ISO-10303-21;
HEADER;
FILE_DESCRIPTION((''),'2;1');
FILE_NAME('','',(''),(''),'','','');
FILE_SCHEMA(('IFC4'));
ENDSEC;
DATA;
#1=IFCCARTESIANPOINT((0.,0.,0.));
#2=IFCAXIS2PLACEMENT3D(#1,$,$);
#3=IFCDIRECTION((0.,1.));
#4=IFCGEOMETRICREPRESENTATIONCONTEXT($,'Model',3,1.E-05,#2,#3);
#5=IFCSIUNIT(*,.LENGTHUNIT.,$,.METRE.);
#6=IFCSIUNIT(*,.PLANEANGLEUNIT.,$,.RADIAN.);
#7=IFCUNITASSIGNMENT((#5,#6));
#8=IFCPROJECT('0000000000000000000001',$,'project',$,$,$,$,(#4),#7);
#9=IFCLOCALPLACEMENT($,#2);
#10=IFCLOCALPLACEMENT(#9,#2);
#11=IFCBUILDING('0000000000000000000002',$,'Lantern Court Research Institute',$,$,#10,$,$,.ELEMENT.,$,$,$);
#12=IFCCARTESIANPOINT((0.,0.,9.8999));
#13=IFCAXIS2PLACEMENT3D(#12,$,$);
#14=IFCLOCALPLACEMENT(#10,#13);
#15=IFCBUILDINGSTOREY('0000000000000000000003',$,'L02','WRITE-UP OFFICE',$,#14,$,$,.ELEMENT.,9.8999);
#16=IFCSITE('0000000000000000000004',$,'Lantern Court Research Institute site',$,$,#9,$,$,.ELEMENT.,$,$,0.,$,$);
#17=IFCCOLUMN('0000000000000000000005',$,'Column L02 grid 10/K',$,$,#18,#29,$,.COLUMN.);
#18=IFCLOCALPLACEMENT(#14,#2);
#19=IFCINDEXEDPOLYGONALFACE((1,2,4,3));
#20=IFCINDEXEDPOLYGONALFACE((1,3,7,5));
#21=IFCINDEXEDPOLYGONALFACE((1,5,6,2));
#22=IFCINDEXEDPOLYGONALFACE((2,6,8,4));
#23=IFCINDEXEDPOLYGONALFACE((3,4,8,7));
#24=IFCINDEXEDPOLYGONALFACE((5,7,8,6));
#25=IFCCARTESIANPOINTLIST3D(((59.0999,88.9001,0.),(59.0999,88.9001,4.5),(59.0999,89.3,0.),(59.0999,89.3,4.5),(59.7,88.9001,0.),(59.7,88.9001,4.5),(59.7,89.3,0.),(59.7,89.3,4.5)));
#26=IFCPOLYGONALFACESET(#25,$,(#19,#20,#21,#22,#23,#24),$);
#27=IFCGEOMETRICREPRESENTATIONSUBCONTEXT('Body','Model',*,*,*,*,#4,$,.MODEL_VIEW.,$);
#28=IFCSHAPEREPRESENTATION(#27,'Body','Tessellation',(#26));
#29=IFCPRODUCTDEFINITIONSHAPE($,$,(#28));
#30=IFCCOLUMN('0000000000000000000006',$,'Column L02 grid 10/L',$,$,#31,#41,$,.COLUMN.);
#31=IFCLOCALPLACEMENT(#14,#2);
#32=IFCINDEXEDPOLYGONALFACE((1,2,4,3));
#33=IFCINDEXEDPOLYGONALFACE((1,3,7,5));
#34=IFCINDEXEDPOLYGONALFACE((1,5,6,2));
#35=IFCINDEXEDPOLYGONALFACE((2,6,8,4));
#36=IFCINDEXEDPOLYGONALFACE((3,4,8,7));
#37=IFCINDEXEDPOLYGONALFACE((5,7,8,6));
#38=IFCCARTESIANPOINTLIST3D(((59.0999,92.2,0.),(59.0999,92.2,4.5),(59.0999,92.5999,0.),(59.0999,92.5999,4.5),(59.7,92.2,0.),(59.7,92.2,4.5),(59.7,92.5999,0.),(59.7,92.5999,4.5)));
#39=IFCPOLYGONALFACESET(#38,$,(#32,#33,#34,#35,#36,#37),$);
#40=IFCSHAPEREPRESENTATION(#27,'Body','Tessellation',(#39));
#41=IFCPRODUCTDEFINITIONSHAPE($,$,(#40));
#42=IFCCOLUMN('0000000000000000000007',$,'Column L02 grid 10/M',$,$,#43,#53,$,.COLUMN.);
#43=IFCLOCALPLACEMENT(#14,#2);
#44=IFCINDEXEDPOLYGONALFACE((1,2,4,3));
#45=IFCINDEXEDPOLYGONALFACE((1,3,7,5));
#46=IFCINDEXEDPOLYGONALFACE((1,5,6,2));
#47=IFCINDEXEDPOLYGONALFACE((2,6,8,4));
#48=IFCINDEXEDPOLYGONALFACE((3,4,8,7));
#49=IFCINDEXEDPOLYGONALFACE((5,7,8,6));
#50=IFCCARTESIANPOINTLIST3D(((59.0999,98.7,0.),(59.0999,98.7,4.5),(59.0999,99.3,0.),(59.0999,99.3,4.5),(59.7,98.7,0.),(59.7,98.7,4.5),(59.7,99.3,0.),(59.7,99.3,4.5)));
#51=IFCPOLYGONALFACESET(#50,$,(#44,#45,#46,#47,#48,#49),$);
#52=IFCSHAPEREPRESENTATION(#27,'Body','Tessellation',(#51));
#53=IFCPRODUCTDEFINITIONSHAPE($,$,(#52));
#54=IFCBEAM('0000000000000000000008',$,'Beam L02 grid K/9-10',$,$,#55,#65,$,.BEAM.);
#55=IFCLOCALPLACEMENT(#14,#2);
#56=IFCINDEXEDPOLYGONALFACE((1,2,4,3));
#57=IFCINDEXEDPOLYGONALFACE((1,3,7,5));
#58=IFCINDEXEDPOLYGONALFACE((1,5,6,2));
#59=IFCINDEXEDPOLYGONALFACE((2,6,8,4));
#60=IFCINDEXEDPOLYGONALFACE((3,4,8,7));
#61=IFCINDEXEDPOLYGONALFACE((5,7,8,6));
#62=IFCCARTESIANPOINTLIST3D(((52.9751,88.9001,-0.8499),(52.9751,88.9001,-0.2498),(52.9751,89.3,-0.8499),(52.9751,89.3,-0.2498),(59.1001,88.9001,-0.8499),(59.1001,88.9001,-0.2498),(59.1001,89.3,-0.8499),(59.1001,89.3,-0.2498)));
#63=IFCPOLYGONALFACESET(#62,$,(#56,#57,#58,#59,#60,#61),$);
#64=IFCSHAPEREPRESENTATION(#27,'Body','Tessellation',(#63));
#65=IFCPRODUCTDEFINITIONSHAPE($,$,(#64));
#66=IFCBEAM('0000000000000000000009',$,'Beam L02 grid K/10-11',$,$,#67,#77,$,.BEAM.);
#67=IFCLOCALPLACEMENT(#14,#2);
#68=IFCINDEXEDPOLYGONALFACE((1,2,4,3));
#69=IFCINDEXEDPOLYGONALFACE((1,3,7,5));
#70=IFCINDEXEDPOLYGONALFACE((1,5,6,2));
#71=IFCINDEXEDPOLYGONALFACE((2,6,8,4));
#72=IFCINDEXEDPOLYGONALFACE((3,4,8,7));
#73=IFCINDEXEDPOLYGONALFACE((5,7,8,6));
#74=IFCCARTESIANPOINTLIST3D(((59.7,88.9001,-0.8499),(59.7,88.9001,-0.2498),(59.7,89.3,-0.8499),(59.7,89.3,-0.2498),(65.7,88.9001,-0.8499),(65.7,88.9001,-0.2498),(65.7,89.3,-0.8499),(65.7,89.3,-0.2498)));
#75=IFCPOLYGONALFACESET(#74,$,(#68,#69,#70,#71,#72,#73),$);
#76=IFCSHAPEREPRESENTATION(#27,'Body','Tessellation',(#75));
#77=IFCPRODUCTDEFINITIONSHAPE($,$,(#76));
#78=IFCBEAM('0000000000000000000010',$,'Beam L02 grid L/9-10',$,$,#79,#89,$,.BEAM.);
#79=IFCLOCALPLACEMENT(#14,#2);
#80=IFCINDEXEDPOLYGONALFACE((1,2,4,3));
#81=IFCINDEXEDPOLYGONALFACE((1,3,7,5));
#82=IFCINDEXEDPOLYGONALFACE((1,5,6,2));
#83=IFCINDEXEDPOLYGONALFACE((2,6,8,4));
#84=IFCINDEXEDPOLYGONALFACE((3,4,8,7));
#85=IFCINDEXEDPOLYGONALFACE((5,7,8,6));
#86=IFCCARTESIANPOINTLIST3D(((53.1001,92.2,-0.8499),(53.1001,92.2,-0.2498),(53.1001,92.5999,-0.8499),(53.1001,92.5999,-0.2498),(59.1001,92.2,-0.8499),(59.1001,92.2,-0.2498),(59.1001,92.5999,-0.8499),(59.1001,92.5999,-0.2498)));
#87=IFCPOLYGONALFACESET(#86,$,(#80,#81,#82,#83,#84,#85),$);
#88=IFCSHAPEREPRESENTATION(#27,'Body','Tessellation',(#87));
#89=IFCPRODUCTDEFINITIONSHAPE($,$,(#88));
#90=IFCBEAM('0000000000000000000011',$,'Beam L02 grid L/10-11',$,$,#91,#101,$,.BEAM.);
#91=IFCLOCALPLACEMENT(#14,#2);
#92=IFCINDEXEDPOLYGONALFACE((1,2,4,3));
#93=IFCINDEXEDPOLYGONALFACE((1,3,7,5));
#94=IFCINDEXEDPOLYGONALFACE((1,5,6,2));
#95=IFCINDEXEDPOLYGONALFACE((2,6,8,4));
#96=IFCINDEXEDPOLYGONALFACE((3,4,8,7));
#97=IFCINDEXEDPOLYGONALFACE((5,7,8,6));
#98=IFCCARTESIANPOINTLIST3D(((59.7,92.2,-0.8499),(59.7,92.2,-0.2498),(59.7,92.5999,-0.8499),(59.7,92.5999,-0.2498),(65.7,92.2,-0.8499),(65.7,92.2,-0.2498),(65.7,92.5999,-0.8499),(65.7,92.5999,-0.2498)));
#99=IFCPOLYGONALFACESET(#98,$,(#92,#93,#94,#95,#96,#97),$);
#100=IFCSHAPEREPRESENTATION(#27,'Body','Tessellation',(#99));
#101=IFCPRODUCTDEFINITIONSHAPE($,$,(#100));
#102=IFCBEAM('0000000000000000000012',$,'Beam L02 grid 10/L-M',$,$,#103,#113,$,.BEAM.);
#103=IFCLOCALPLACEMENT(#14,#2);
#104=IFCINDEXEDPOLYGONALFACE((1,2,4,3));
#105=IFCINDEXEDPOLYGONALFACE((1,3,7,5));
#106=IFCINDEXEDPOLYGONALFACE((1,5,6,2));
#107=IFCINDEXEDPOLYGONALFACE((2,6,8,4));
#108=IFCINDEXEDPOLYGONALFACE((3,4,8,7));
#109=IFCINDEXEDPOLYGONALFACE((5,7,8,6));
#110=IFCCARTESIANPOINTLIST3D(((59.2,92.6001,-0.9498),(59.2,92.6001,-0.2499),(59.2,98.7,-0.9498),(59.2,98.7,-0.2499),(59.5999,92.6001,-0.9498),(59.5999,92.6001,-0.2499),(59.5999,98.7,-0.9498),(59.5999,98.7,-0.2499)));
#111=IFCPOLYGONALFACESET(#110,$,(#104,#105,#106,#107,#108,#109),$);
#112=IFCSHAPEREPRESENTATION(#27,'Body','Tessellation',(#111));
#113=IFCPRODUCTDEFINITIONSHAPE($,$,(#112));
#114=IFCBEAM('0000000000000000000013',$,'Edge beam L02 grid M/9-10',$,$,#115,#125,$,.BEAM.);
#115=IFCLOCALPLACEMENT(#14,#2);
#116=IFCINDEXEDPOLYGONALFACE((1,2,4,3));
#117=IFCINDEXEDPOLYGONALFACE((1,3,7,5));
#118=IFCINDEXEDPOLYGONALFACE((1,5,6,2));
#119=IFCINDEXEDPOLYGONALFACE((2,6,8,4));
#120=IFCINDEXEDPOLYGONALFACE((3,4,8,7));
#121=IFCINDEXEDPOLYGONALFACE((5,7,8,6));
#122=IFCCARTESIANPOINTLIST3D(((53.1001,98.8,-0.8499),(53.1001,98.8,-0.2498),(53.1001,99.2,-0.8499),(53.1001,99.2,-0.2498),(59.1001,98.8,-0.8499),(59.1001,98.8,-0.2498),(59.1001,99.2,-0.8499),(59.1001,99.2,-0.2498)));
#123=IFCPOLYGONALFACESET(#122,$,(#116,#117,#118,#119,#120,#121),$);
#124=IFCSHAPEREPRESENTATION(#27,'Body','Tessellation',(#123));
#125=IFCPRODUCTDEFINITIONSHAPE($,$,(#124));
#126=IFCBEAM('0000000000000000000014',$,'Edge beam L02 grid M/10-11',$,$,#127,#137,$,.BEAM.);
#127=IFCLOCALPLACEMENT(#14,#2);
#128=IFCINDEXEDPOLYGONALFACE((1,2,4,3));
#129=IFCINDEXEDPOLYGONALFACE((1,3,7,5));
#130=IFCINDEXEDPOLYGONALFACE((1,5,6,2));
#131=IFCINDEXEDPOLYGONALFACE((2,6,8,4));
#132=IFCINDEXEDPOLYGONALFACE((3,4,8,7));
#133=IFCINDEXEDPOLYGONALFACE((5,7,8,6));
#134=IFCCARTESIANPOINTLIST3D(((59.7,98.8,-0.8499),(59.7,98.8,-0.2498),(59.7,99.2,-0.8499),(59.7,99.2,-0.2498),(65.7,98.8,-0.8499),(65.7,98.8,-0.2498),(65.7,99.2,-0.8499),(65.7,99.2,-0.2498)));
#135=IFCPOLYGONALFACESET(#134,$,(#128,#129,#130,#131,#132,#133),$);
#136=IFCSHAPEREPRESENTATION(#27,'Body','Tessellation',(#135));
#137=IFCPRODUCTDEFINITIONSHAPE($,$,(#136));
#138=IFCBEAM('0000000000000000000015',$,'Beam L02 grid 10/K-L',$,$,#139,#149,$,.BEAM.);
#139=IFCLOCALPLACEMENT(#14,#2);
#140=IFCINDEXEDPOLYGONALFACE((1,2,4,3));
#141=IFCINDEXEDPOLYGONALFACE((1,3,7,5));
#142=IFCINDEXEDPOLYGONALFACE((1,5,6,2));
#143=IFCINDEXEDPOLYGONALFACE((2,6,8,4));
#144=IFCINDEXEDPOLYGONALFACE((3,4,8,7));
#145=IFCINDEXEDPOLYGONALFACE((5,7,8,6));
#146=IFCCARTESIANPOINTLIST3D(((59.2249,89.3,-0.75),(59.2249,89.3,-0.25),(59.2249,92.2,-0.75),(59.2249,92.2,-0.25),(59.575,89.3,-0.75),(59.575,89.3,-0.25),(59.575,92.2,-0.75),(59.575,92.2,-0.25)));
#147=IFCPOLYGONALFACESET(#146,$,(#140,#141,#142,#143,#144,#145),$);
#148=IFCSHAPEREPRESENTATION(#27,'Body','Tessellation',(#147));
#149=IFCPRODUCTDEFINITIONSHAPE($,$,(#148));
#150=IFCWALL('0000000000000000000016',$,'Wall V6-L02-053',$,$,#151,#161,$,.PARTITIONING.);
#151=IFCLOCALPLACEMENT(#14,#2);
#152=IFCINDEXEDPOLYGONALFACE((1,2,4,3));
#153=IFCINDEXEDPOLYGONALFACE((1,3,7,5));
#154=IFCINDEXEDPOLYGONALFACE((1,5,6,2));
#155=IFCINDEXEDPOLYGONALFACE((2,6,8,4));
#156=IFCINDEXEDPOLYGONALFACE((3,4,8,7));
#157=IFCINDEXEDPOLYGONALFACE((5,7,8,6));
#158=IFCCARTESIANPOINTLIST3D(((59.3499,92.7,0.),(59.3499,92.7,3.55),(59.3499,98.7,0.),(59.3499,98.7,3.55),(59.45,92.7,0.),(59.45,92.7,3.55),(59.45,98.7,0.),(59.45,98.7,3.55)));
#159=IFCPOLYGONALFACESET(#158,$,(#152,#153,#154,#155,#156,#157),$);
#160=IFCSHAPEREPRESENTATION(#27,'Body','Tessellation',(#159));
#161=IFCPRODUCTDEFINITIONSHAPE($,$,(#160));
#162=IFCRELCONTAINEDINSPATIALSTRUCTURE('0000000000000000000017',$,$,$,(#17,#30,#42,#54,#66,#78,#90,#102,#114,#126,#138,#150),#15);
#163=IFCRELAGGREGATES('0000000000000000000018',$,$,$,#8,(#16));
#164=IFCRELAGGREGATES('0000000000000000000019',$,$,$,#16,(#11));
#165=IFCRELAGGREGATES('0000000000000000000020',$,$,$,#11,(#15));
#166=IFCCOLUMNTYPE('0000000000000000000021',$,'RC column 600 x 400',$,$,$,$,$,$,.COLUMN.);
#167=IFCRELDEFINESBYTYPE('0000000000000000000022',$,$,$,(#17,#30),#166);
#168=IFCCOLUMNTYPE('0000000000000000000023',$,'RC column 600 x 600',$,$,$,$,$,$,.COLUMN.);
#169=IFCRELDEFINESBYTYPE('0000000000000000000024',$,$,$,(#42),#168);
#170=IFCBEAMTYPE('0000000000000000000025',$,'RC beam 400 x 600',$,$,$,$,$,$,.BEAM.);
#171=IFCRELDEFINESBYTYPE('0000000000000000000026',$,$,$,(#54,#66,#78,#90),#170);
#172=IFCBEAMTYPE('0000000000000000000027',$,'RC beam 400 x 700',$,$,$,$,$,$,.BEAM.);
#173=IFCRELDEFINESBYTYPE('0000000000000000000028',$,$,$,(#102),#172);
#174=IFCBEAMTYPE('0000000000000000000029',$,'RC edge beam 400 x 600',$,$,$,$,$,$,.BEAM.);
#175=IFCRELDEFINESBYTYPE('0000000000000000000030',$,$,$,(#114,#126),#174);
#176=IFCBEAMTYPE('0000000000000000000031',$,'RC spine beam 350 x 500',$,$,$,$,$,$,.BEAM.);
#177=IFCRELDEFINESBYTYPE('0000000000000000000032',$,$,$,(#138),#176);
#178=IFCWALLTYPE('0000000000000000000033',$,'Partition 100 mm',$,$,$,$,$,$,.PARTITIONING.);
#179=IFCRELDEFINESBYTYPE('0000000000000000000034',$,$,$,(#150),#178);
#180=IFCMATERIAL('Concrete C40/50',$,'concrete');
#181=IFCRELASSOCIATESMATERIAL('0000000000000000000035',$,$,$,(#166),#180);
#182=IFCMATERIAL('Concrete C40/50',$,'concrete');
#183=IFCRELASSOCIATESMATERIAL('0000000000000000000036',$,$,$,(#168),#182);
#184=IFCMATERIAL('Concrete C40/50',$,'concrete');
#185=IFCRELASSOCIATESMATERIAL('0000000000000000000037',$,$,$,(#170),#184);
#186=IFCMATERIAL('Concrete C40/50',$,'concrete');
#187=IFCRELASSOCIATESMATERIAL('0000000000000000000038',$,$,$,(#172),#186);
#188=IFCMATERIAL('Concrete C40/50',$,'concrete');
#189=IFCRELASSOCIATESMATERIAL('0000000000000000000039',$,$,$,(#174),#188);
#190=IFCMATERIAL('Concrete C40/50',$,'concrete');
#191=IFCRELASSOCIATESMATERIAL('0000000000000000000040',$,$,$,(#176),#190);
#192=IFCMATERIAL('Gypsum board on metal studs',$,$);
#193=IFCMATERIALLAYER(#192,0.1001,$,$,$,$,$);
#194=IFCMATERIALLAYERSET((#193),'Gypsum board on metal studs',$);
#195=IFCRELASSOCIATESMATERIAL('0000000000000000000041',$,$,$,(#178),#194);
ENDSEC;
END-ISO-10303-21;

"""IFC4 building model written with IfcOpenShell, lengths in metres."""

from ifc_helpers import new_model, si_unit, direction, frame, frame_2d, origin, origin_2d, place, context, subcontext, project, spatial, rectangle, extrude, material, layer, layer_set, material_profile, profile_set, type_object, element, save


model = new_model("IFC4")

# Units and contexts
model_context = context("Model", 3, precision=1e-05, world=origin(), true_north=direction((0.0, 1.0)))
body_context = subcontext(model_context, "Body", "Model", "MODEL_VIEW")
ifc_project = project(units=[si_unit("LENGTHUNIT", "METRE"), si_unit("PLANEANGLEUNIT", "RADIAN")], contexts=[model_context])

# Site, building, storey
site_placement = place(None, origin())
site = spatial("IfcSite", under=ifc_project, at=site_placement, Name="Lantern Court Research Institute site", CompositionType="ELEMENT", RefElevation=0.0)
building_placement = place(site_placement, origin())
building = spatial("IfcBuilding", under=site, at=building_placement, Name="Lantern Court Research Institute", CompositionType="ELEMENT")
storey_placement = place(building_placement, frame((0.0, 0.0, 9.8999)))
storey = spatial("IfcBuildingStorey", under=building, at=storey_placement, Name="L02", Description="WRITE-UP OFFICE", CompositionType="ELEMENT", Elevation=9.8999)

# Columns
ifc_material_1 = material(Name="Concrete C40/50", Category="concrete")
ifc_material_profile_1 = material_profile(ifc_material_1, rectangle(XDim=0.6001, YDim=0.3999, at=origin_2d()), Name="RC column 600 x 400")
ifc_profile_set_1 = profile_set([ifc_material_profile_1], Name="Concrete C40/50")
column_type_1 = type_object("IfcColumnType", Name="RC column 600 x 400", PredefinedType="COLUMN", material=ifc_profile_set_1)
for number, where, z_axis, x_axis, name in (
    (1, (59.3999, 89.1001, 0.0), (0.0, 0.0, 1.0), (1.0, 0.0, 0.0), "Column L02 grid 10/K"),
    (2, (59.3999, 92.3999, 0.0), (0.0, 0.0, 1.0), (1.0, 0.0, 0.0), "Column L02 grid 10/L"),
):
    element("IfcColumn", number, at=place(storey_placement, frame(where, z_axis=z_axis, x_axis=x_axis)), inside=storey, type_object=column_type_1, Name=name, PredefinedType="COLUMN", context=body_context, shape_type="SweptSolid", body=[
        extrude(rectangle(XDim=0.6001, YDim=0.3999, at=origin_2d()), origin(), (0.0, 0.0, 1.0), 4.5),
    ])
ifc_material_2 = material(Name="Concrete C40/50", Category="concrete")
ifc_material_profile_2 = material_profile(ifc_material_2, rectangle(XDim=0.6001, YDim=0.6001, at=origin_2d()), Name="RC column 600 x 600")
ifc_profile_set_2 = profile_set([ifc_material_profile_2], Name="Concrete C40/50")
column_type_2 = type_object("IfcColumnType", Name="RC column 600 x 600", PredefinedType="COLUMN", material=ifc_profile_set_2)
column_placement = place(storey_placement, frame((59.3999, 99.0, 0.0), z_axis=(0.0, 0.0, 1.0), x_axis=(1.0, 0.0, 0.0)))
element("IfcColumn", 3, at=column_placement, inside=storey, type_object=column_type_2, Name="Column L02 grid 10/M", PredefinedType="COLUMN", context=body_context, shape_type="SweptSolid", body=[
    extrude(rectangle(XDim=0.6001, YDim=0.6001, at=origin_2d()), origin(), (0.0, 0.0, 1.0), 4.5),
])

# Beams
ifc_material_3 = material(Name="Concrete C40/50", Category="concrete")
ifc_material_profile_3 = material_profile(ifc_material_3, rectangle(XDim=0.3999, YDim=0.6001, at=origin_2d()), Name="RC beam 400 x 600")
ifc_profile_set_3 = profile_set([ifc_material_profile_3], Name="Concrete C40/50")
beam_type_1 = type_object("IfcBeamType", Name="RC beam 400 x 600", PredefinedType="BEAM", material=ifc_profile_set_3)
beam_1_placement = place(storey_placement, frame((52.9751, 89.1001, -0.5498), z_axis=(1.0, 0.0, 0.0), x_axis=(0.0, 1.0, 0.0)))
element("IfcBeam", 4, at=beam_1_placement, inside=storey, type_object=beam_type_1, Name="Beam L02 grid K/9-10", PredefinedType="BEAM", context=body_context, shape_type="SweptSolid", body=[
    extrude(rectangle(XDim=0.3999, YDim=0.6001, at=origin_2d()), origin(), (0.0, 0.0, 1.0), 6.125),
])
for number, where, z_axis, x_axis, name in (
    (5, (59.7, 89.1001, -0.5498), (1.0, 0.0, 0.0), (0.0, 1.0, 0.0), "Beam L02 grid K/10-11"),
    (6, (53.1001, 92.3999, -0.5498), (1.0, 0.0, 0.0), (0.0, 1.0, 0.0), "Beam L02 grid L/9-10"),
    (7, (59.7, 92.3999, -0.5498), (1.0, 0.0, 0.0), (0.0, 1.0, 0.0), "Beam L02 grid L/10-11"),
):
    element("IfcBeam", number, at=place(storey_placement, frame(where, z_axis=z_axis, x_axis=x_axis)), inside=storey, type_object=beam_type_1, Name=name, PredefinedType="BEAM", context=body_context, shape_type="SweptSolid", body=[
        extrude(rectangle(XDim=0.3999, YDim=0.6001, at=origin_2d()), origin(), (0.0, 0.0, 1.0), 6.0),
    ])
ifc_material_4 = material(Name="Concrete C40/50", Category="concrete")
ifc_material_profile_4 = material_profile(ifc_material_4, rectangle(XDim=0.3999, YDim=0.7, at=origin_2d()), Name="RC beam 400 x 700")
ifc_profile_set_4 = profile_set([ifc_material_profile_4], Name="Concrete C40/50")
beam_type_2 = type_object("IfcBeamType", Name="RC beam 400 x 700", PredefinedType="BEAM", material=ifc_profile_set_4)
beam_2_placement = place(storey_placement, frame((59.3999, 92.6001, -0.5999), z_axis=(0.0, 1.0, 0.0), x_axis=(-1.0, 0.0, 0.0)))
element("IfcBeam", 8, at=beam_2_placement, inside=storey, type_object=beam_type_2, Name="Beam L02 grid 10/L-M", PredefinedType="BEAM", context=body_context, shape_type="SweptSolid", body=[
    extrude(rectangle(XDim=0.3999, YDim=0.7, at=origin_2d()), origin(), (0.0, 0.0, 1.0), 6.0999),
])
ifc_material_5 = material(Name="Concrete C40/50", Category="concrete")
ifc_material_profile_5 = material_profile(ifc_material_5, rectangle(XDim=0.3999, YDim=0.6001, at=origin_2d()), Name="RC beam 400 x 600")
ifc_profile_set_5 = profile_set([ifc_material_profile_5], Name="Concrete C40/50")
beam_type_3 = type_object("IfcBeamType", Name="RC edge beam 400 x 600", PredefinedType="BEAM", material=ifc_profile_set_5)
for number, where, z_axis, x_axis, name in (
    (9, (53.1001, 99.0, -0.5498), (1.0, 0.0, 0.0), (0.0, 1.0, 0.0), "Edge beam L02 grid M/9-10"),
    (10, (59.7, 99.0, -0.5498), (1.0, 0.0, 0.0), (0.0, 1.0, 0.0), "Edge beam L02 grid M/10-11"),
):
    element("IfcBeam", number, at=place(storey_placement, frame(where, z_axis=z_axis, x_axis=x_axis)), inside=storey, type_object=beam_type_3, Name=name, PredefinedType="BEAM", context=body_context, shape_type="SweptSolid", body=[
        extrude(rectangle(XDim=0.3999, YDim=0.6001, at=origin_2d()), origin(), (0.0, 0.0, 1.0), 6.0),
    ])
ifc_material_6 = material(Name="Concrete C40/50", Category="concrete")
ifc_material_profile_6 = material_profile(ifc_material_6, rectangle(XDim=0.3501, YDim=0.5, at=origin_2d()), Name="RC beam 350 x 500")
ifc_profile_set_6 = profile_set([ifc_material_profile_6], Name="Concrete C40/50")
beam_type_4 = type_object("IfcBeamType", Name="RC spine beam 350 x 500", PredefinedType="BEAM", material=ifc_profile_set_6)
beam_3_placement = place(storey_placement, frame((59.3999, 89.3, -0.5), z_axis=(0.0, 1.0, 0.0), x_axis=(-1.0, 0.0, 0.0)))
element("IfcBeam", 11, at=beam_3_placement, inside=storey, type_object=beam_type_4, Name="Beam L02 grid 10/K-L", PredefinedType="BEAM", context=body_context, shape_type="SweptSolid", body=[
    extrude(rectangle(XDim=0.3501, YDim=0.5, at=origin_2d()), origin(), (0.0, 0.0, 1.0), 2.8999),
])

# Wall
ifc_material_7 = material(Name="Gypsum board on metal studs")
ifc_layer_1 = layer(ifc_material_7, 0.1001)
ifc_layer_set_1 = layer_set([ifc_layer_1], Name="Gypsum board on metal studs")
wall_type_1 = type_object("IfcWallType", Name="Partition 100 mm", PredefinedType="PARTITIONING", material=ifc_layer_set_1)
wall_1_placement = place(storey_placement, frame((59.3999, 92.7, 0.0), z_axis=(0.0, 0.0, 1.0), x_axis=(0.0, 1.0, 0.0)))
element("IfcWall", 12, at=wall_1_placement, inside=storey, type_object=wall_type_1, Name="Wall V6-L02-053", PredefinedType="PARTITIONING", context=body_context, shape_type="SweptSolid", body=[
    extrude(rectangle(XDim=6.0, YDim=0.1001, at=frame_2d((3.0, 0.0))), origin(), (0.0, 0.0, 1.0), 3.55),
])

save(model, "model.ifc")
